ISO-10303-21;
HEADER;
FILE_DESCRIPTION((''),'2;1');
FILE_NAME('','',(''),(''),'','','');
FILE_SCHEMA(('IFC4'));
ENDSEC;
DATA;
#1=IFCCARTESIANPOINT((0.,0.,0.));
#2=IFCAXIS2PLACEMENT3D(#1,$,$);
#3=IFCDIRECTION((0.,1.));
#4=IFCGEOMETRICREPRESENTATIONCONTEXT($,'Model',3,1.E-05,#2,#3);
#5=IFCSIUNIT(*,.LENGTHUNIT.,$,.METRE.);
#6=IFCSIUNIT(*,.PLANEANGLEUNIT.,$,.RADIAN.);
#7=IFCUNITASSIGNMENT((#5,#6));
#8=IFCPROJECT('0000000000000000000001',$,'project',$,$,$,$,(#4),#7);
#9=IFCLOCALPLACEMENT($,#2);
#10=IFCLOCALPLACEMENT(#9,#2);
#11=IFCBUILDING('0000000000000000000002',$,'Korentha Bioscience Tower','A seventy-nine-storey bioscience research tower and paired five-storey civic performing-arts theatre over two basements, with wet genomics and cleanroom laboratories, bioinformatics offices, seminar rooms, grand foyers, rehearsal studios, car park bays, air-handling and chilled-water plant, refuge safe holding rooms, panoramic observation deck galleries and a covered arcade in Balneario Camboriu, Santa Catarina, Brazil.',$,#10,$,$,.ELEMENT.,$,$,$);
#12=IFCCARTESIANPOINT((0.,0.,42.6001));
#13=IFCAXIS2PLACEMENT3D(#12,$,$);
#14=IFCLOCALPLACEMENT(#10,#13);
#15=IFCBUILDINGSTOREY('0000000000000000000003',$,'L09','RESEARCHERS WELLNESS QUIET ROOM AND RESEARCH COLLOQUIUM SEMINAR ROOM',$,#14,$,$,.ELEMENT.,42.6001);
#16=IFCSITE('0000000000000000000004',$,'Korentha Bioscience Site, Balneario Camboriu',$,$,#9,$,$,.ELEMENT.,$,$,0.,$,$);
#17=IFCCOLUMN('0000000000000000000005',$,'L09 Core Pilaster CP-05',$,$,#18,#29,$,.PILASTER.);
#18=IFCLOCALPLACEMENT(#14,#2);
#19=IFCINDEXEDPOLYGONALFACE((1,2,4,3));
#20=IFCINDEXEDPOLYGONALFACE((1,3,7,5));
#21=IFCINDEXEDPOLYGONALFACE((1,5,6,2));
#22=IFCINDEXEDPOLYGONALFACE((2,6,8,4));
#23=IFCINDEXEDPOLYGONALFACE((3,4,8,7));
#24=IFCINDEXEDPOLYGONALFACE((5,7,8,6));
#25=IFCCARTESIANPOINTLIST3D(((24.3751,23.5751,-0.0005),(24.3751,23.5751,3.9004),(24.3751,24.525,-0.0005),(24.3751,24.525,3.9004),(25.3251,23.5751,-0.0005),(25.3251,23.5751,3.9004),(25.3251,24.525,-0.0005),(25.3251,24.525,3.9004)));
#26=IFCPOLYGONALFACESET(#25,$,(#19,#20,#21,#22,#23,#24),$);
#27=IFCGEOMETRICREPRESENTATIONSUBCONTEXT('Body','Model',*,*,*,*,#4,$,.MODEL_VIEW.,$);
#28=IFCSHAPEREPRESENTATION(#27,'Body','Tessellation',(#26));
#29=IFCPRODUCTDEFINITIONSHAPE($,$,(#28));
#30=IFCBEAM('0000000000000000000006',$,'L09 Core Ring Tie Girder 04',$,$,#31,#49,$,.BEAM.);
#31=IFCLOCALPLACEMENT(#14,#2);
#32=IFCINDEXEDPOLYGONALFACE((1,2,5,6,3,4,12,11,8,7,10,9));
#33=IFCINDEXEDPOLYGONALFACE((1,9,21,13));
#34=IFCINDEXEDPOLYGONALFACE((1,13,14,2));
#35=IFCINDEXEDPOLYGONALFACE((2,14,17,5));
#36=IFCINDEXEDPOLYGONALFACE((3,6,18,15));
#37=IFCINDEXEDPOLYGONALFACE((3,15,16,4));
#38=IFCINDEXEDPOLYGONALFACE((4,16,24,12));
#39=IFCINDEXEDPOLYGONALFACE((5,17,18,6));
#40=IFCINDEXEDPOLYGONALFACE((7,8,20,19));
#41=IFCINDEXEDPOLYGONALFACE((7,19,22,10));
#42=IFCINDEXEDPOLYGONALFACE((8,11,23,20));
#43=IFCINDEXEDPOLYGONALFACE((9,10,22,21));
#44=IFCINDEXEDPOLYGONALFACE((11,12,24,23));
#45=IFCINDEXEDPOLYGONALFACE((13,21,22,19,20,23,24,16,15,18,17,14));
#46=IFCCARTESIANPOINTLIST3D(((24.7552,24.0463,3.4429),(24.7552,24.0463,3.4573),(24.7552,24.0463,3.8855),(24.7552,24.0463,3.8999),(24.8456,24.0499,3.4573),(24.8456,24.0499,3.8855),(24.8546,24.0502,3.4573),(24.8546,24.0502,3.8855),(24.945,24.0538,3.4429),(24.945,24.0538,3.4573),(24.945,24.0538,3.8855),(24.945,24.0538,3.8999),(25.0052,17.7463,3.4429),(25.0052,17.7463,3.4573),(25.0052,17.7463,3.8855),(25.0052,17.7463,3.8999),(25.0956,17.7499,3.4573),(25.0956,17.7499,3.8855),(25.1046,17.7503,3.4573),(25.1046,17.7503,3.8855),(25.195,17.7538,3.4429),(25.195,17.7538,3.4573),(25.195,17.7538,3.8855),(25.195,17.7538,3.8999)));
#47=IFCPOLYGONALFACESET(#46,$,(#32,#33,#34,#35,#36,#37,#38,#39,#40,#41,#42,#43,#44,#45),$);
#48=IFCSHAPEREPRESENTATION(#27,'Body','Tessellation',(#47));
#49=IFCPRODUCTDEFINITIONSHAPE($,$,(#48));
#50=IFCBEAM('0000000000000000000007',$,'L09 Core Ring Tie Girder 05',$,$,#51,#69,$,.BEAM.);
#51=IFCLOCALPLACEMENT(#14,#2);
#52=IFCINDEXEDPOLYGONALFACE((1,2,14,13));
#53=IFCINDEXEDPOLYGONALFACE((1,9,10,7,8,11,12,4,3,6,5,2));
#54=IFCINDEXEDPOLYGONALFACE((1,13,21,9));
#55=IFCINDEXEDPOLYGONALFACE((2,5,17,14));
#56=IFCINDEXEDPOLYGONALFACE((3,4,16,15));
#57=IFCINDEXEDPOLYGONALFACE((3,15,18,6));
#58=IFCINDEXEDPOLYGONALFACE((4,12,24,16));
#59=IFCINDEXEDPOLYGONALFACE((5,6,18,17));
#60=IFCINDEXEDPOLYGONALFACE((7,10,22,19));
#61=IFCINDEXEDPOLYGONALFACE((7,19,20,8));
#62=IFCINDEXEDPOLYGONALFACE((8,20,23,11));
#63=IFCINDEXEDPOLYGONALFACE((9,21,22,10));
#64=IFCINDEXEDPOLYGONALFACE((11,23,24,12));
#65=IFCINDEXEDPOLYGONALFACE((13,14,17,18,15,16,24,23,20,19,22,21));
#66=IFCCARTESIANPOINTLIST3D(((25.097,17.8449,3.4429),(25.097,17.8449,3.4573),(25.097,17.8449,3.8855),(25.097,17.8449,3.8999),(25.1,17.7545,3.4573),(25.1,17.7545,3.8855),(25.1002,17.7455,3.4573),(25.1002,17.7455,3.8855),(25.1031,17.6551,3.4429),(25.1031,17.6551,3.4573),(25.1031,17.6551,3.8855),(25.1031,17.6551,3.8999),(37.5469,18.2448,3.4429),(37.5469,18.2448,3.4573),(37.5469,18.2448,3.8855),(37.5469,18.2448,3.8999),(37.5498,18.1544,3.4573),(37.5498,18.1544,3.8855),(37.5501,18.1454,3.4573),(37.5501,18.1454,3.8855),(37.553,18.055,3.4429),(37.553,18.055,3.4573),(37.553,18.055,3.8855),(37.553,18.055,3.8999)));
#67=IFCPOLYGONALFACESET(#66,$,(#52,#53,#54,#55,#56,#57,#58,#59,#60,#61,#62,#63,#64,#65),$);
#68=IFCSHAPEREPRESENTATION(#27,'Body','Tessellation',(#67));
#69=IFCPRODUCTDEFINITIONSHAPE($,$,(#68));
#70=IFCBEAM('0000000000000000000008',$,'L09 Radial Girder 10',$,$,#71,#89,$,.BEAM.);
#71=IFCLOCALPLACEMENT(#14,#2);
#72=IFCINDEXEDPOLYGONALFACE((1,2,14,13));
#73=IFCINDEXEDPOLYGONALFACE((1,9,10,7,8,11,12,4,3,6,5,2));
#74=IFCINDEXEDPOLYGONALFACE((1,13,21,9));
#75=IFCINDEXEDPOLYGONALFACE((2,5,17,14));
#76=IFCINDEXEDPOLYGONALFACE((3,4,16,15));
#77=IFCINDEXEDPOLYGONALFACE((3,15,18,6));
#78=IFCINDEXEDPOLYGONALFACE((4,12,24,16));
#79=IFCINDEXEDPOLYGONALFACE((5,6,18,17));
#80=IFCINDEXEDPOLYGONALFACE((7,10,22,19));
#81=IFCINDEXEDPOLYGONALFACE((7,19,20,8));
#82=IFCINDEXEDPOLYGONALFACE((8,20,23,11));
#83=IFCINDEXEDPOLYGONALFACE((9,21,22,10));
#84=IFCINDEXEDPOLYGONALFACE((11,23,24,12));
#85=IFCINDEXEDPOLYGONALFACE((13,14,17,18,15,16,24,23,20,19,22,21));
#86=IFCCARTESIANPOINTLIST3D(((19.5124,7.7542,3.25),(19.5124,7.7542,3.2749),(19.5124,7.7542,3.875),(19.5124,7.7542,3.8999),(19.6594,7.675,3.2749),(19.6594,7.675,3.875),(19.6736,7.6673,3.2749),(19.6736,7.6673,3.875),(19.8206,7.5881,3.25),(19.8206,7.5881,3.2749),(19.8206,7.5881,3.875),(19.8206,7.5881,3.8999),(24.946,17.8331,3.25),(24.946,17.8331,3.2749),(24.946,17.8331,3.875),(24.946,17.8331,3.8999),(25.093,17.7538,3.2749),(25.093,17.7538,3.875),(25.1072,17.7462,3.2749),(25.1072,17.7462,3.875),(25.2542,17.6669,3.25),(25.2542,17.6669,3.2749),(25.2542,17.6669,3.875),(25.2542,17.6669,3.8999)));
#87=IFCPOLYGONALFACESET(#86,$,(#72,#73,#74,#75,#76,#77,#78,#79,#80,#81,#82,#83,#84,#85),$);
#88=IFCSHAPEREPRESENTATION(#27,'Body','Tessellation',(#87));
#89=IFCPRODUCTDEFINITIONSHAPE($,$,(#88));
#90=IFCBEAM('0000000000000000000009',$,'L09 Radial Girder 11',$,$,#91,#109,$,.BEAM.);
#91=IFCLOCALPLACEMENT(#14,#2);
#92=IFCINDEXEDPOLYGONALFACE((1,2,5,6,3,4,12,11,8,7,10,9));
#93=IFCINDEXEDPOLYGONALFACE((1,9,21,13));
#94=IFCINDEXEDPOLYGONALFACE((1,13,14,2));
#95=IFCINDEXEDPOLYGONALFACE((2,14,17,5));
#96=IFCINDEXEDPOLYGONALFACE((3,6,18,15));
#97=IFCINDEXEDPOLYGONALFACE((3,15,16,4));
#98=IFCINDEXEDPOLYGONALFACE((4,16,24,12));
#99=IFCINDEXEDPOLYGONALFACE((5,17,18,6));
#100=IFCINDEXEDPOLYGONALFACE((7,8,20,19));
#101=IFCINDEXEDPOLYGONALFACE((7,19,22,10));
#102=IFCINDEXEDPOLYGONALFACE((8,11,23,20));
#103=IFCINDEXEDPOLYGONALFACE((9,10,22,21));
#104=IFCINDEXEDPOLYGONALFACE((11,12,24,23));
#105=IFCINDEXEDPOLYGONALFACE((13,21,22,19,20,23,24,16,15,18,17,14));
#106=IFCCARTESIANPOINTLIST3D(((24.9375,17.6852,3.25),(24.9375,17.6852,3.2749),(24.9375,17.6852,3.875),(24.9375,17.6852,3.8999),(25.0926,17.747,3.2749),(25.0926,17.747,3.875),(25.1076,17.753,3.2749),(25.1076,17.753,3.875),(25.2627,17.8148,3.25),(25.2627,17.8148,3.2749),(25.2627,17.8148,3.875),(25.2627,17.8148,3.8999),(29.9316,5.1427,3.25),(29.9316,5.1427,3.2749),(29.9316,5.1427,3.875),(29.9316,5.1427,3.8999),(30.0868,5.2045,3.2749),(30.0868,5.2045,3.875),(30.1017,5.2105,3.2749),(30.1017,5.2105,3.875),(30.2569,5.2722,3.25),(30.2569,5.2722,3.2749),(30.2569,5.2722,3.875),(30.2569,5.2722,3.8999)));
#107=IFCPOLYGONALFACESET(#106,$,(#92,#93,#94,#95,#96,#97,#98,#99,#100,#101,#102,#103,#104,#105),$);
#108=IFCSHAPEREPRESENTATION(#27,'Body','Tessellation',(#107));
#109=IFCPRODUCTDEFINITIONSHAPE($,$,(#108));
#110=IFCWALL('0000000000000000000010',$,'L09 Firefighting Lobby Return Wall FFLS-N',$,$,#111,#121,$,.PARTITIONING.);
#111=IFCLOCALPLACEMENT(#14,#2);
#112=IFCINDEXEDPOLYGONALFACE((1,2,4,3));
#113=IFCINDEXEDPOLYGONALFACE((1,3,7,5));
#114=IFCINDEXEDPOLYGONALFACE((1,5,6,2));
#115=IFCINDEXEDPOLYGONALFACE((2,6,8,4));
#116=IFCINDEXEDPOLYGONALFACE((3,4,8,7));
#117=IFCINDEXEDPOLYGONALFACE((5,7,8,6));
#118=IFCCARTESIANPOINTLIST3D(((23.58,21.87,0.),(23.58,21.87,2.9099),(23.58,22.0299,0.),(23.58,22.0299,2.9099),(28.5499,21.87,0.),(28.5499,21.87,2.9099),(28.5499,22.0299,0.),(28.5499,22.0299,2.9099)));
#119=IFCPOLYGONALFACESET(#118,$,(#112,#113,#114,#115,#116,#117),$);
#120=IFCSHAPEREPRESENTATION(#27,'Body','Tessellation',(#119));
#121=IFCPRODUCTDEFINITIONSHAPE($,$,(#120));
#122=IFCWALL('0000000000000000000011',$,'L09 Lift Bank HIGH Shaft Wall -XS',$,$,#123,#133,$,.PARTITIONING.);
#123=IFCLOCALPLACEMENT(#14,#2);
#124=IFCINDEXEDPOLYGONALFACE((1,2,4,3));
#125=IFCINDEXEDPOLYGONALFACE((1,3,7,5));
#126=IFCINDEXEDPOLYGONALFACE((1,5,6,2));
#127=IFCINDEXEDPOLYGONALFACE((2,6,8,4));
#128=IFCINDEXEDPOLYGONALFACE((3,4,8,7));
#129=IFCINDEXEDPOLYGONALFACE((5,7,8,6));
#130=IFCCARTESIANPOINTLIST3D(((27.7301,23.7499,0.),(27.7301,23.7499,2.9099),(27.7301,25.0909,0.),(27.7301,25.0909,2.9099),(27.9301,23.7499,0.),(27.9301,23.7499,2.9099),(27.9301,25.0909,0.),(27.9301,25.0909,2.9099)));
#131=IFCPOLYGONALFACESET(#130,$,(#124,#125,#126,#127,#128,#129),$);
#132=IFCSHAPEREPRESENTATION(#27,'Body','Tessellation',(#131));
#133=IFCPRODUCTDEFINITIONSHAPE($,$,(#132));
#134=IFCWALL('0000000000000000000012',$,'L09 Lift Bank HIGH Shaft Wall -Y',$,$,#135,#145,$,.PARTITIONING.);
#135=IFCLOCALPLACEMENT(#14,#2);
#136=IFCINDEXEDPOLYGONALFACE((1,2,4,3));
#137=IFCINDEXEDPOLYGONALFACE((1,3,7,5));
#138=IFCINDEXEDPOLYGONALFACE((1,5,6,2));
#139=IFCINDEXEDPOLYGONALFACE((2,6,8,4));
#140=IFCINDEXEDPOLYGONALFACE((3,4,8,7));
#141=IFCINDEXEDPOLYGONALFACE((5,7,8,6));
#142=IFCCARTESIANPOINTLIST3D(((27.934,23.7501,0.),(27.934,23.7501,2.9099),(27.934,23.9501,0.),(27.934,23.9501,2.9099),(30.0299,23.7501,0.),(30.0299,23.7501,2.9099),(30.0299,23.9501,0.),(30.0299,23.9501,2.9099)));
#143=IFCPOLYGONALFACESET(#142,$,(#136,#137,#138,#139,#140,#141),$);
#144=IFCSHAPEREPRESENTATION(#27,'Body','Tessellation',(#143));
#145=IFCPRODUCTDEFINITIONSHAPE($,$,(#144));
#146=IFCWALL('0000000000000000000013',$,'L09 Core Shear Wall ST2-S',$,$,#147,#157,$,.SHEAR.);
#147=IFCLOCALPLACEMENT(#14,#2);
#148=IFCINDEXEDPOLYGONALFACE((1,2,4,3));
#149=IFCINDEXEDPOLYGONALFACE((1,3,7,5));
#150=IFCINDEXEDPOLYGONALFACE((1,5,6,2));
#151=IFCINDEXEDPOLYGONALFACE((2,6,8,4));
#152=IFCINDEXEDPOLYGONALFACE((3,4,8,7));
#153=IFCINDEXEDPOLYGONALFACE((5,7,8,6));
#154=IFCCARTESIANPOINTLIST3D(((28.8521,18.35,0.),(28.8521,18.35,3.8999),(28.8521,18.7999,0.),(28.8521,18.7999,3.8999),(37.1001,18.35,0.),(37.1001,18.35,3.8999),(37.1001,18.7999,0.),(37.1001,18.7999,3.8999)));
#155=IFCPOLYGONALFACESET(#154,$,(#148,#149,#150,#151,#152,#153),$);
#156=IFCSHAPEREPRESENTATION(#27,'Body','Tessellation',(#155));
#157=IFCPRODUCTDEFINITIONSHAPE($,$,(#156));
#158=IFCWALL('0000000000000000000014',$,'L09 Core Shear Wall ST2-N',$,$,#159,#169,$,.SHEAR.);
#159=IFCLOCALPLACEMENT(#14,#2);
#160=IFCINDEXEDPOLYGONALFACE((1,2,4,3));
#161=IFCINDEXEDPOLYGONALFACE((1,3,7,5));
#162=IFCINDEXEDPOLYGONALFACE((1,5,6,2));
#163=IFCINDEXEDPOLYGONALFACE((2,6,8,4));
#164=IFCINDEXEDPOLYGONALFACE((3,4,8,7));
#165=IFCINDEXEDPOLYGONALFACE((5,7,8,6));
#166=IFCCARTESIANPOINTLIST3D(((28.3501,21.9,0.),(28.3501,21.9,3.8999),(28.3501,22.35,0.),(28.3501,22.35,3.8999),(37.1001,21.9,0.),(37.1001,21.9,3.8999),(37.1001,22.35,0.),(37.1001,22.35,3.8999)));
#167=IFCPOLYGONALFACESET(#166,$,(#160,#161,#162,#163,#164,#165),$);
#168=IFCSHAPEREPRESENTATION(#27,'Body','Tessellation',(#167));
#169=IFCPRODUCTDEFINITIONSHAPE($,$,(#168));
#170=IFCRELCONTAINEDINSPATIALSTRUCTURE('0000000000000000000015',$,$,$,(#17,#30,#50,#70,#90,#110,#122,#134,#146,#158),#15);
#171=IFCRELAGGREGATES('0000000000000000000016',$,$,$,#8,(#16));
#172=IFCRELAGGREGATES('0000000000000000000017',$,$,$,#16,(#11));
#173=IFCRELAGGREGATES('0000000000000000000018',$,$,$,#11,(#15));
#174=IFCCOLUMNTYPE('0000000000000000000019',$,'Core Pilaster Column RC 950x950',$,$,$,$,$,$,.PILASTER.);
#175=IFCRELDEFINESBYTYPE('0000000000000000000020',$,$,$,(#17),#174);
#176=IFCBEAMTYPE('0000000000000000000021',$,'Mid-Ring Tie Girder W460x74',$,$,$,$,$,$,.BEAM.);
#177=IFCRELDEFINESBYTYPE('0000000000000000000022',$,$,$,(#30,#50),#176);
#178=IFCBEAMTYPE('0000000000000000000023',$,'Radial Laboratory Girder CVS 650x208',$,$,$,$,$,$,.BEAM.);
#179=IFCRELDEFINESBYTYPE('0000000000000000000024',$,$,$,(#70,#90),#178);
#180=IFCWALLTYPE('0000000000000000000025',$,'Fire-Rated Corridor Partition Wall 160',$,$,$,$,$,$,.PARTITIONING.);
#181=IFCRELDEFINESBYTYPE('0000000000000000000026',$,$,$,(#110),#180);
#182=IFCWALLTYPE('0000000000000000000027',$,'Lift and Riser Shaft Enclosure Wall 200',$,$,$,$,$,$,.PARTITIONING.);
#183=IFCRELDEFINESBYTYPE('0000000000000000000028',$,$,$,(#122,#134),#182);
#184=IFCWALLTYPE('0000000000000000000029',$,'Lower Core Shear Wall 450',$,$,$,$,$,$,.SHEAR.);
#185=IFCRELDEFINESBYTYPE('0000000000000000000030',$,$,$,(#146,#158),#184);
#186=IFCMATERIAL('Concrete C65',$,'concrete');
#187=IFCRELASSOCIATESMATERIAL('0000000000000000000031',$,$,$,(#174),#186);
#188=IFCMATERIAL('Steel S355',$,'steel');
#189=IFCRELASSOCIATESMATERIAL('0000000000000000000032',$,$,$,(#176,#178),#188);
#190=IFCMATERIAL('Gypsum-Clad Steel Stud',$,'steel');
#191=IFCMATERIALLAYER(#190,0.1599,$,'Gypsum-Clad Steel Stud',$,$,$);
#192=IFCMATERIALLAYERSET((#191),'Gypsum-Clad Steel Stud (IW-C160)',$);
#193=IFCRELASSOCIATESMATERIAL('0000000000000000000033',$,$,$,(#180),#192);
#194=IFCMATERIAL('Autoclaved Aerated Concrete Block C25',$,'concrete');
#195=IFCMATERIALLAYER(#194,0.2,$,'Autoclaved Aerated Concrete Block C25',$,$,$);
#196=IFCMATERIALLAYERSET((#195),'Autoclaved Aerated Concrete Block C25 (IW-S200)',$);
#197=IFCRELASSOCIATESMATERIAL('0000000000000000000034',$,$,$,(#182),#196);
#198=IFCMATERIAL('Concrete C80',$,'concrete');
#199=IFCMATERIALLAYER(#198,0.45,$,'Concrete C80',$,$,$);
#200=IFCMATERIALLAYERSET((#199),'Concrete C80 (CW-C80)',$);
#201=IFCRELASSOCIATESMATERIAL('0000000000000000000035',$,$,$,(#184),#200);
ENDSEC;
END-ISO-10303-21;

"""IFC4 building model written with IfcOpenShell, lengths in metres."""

from ifc_helpers import new_model, si_unit, direction, frame, frame_2d, origin, origin_2d, place, context, subcontext, project, spatial, rectangle, i_section, extrude, material, layer, layer_set, material_profile, profile_set, type_object, element, save


model = new_model("IFC4")

# Units and contexts
model_context = context("Model", 3, precision=1e-05, world=origin(), true_north=direction((0.0, 1.0)))
body_context = subcontext(model_context, "Body", "Model", "MODEL_VIEW")
ifc_project = project(units=[si_unit("LENGTHUNIT", "METRE"), si_unit("PLANEANGLEUNIT", "RADIAN")], contexts=[model_context])

# Site, building, storey
site_placement = place(None, origin())
site = spatial("IfcSite", under=ifc_project, at=site_placement, Name="Korentha Bioscience Site, Balneario Camboriu", CompositionType="ELEMENT", RefElevation=0.0)
building_placement = place(site_placement, origin())
building = spatial("IfcBuilding", under=site, at=building_placement, Name="Korentha Bioscience Tower", Description="A seventy-nine-storey bioscience research tower and paired five-storey civic performing-arts theatre over two basements, with wet genomics and cleanroom laboratories, bioinformatics offices, seminar rooms, grand foyers, rehearsal studios, car park bays, air-handling and chilled-water plant, refuge safe holding rooms, panoramic observation deck galleries and a covered arcade in Balneario Camboriu, Santa Catarina, Brazil.", CompositionType="ELEMENT")
storey_placement = place(building_placement, frame((0.0, 0.0, 42.6001)))
storey = spatial("IfcBuildingStorey", under=building, at=storey_placement, Name="L09", Description="RESEARCHERS WELLNESS QUIET ROOM AND RESEARCH COLLOQUIUM SEMINAR ROOM", CompositionType="ELEMENT", Elevation=42.6001)

# Column
ifc_material_1 = material(Name="Concrete C65", Category="concrete")
ifc_material_profile_1 = material_profile(ifc_material_1, rectangle(XDim=0.95, YDim=0.95, at=origin_2d()), Name="Concrete C65")
ifc_profile_set_1 = profile_set([ifc_material_profile_1], Name="Concrete C65 (COL-CP09)")
column_type = type_object("IfcColumnType", Name="Core Pilaster Column RC 950x950", PredefinedType="PILASTER", material=ifc_profile_set_1)
column_placement = place(storey_placement, frame((24.8501, 24.05, -0.0005), z_axis=(0.0, 0.0, 1.0), x_axis=(1.0, 0.0, 0.0)))
element("IfcColumn", 1, at=column_placement, inside=storey, type_object=column_type, Name="L09 Core Pilaster CP-05", PredefinedType="PILASTER", context=body_context, shape_type="SweptSolid", body=[
    extrude(rectangle(XDim=0.95, YDim=0.95, at=origin_2d()), origin(), (0.0, 0.0, 1.0), 3.9009),
])

# Beams
ifc_material_2 = material(Name="Steel S355", Category="steel")
ifc_material_profile_2 = material_profile(ifc_material_2, i_section(OverallWidth=0.1899, OverallDepth=0.457, WebThickness=0.009, FlangeThickness=0.0144, at=origin_2d()), Name="Steel S355")
ifc_profile_set_2 = profile_set([ifc_material_profile_2], Name="Steel S355 (MB-460)")
beam_type_1 = type_object("IfcBeamType", Name="Mid-Ring Tie Girder W460x74", PredefinedType="BEAM", material=ifc_profile_set_2)
beam_1_placement = place(storey_placement, frame((24.8501, 24.05, 3.6714), z_axis=(0.039651, -0.999214, 0.0), x_axis=(0.999214, 0.039651, 0.0)))
element("IfcBeam", 2, at=beam_1_placement, inside=storey, type_object=beam_type_1, Name="L09 Core Ring Tie Girder 04", PredefinedType="BEAM", context=body_context, shape_type="SweptSolid", body=[
    extrude(i_section(OverallWidth=0.1899, OverallDepth=0.457, WebThickness=0.009, FlangeThickness=0.0144, at=origin_2d()), origin(), (0.0, 0.0, 1.0), 6.3049),
])
beam_2_placement = place(storey_placement, frame((25.1001, 17.75, 3.6714), z_axis=(0.999485, 0.032104, 0.0), x_axis=(-0.032104, 0.999485, 0.0)))
element("IfcBeam", 3, at=beam_2_placement, inside=storey, type_object=beam_type_1, Name="L09 Core Ring Tie Girder 05", PredefinedType="BEAM", context=body_context, shape_type="SweptSolid", body=[
    extrude(i_section(OverallWidth=0.1899, OverallDepth=0.457, WebThickness=0.009, FlangeThickness=0.0144, at=origin_2d()), origin(), (0.0, 0.0, 1.0), 12.4563),
])
ifc_material_profile_3 = material_profile(ifc_material_2, i_section(OverallWidth=0.3501, OverallDepth=0.6499, WebThickness=0.0161, FlangeThickness=0.0249, at=origin_2d()), Name="Steel S355")
ifc_profile_set_3 = profile_set([ifc_material_profile_3], Name="Steel S355 (RB-650)")
beam_type_2 = type_object("IfcBeamType", Name="Radial Laboratory Girder CVS 650x208", PredefinedType="BEAM", material=ifc_profile_set_3)
beam_3_placement = place(storey_placement, frame((25.1001, 17.75, 3.575), z_axis=(-0.474541, -0.880233, 0.0), x_axis=(0.880233, -0.474541, 0.0)))
element("IfcBeam", 4, at=beam_3_placement, inside=storey, type_object=beam_type_2, Name="L09 Radial Girder 10", PredefinedType="BEAM", context=body_context, shape_type="SweptSolid", body=[
    extrude(i_section(OverallWidth=0.3501, OverallDepth=0.6499, WebThickness=0.0161, FlangeThickness=0.0249, at=origin_2d()), origin(), (0.0, 0.0, 1.0), 11.4502),
])
beam_4_placement = place(storey_placement, frame((25.1001, 17.75, 3.575), z_axis=(0.369931, -0.929059, 0.0), x_axis=(0.929059, 0.369931, 0.0)))
element("IfcBeam", 5, at=beam_4_placement, inside=storey, type_object=beam_type_2, Name="L09 Radial Girder 11", PredefinedType="BEAM", context=body_context, shape_type="SweptSolid", body=[
    extrude(i_section(OverallWidth=0.3501, OverallDepth=0.6499, WebThickness=0.0161, FlangeThickness=0.0249, at=origin_2d()), origin(), (0.0, 0.0, 1.0), 13.5002),
])

# Walls
ifc_material_3 = material(Name="Gypsum-Clad Steel Stud", Category="steel")
ifc_layer_1 = layer(ifc_material_3, 0.1599, Name="Gypsum-Clad Steel Stud")
ifc_layer_set_1 = layer_set([ifc_layer_1], Name="Gypsum-Clad Steel Stud (IW-C160)")
wall_type_1 = type_object("IfcWallType", Name="Fire-Rated Corridor Partition Wall 160", PredefinedType="PARTITIONING", material=ifc_layer_set_1)
wall_1_placement = place(storey_placement, frame((23.5801, 21.95, 0.0), z_axis=(0.0, 0.0, 1.0), x_axis=(1.0, 0.0, 0.0)))
element("IfcWall", 6, at=wall_1_placement, inside=storey, type_object=wall_type_1, Name="L09 Firefighting Lobby Return Wall FFLS-N", PredefinedType="PARTITIONING", context=body_context, shape_type="SweptSolid", body=[
    extrude(rectangle(XDim=4.97, YDim=0.1599, at=frame_2d((2.4849, 0.0))), origin(), (0.0, 0.0, 1.0), 2.9099),
])
ifc_material_4 = material(Name="Autoclaved Aerated Concrete Block C25", Category="concrete")
ifc_layer_2 = layer(ifc_material_4, 0.2, Name="Autoclaved Aerated Concrete Block C25")
ifc_layer_set_2 = layer_set([ifc_layer_2], Name="Autoclaved Aerated Concrete Block C25 (IW-S200)")
wall_type_2 = type_object("IfcWallType", Name="Lift and Riser Shaft Enclosure Wall 200", PredefinedType="PARTITIONING", material=ifc_layer_set_2)
wall_2_placement = place(storey_placement, frame((27.8301, 23.75, 0.0), z_axis=(0.0, 0.0, 1.0), x_axis=(0.0, 1.0, 0.0)))
element("IfcWall", 7, at=wall_2_placement, inside=storey, type_object=wall_type_2, Name="L09 Lift Bank HIGH Shaft Wall -XS", PredefinedType="PARTITIONING", context=body_context, shape_type="SweptSolid", body=[
    extrude(rectangle(XDim=1.3411, YDim=0.2, at=frame_2d((0.6704, 0.0))), origin(), (0.0, 0.0, 1.0), 2.9099),
])
wall_3_placement = place(storey_placement, frame((27.9341, 23.8501, 0.0), z_axis=(0.0, 0.0, 1.0), x_axis=(1.0, 0.0, 0.0)))
element("IfcWall", 8, at=wall_3_placement, inside=storey, type_object=wall_type_2, Name="L09 Lift Bank HIGH Shaft Wall -Y", PredefinedType="PARTITIONING", context=body_context, shape_type="SweptSolid", body=[
    extrude(rectangle(XDim=2.0959, YDim=0.2, at=frame_2d((1.0479, 0.0))), origin(), (0.0, 0.0, 1.0), 2.9099),
])
ifc_material_5 = material(Name="Concrete C80", Category="concrete")
ifc_layer_3 = layer(ifc_material_5, 0.45, Name="Concrete C80")
ifc_layer_set_3 = layer_set([ifc_layer_3], Name="Concrete C80 (CW-C80)")
wall_type_3 = type_object("IfcWallType", Name="Lower Core Shear Wall 450", PredefinedType="SHEAR", material=ifc_layer_set_3)
wall_4_placement = place(storey_placement, frame((28.8521, 18.575, 0.0), z_axis=(0.0, 0.0, 1.0), x_axis=(1.0, 0.0, 0.0)))
element("IfcWall", 9, at=wall_4_placement, inside=storey, type_object=wall_type_3, Name="L09 Core Shear Wall ST2-S", PredefinedType="SHEAR", context=body_context, shape_type="SweptSolid", body=[
    extrude(rectangle(XDim=8.248, YDim=0.45, at=frame_2d((4.124, 0.0))), origin(), (0.0, 0.0, 1.0), 3.8999),
])
wall_5_placement = place(storey_placement, frame((28.3501, 22.125, 0.0), z_axis=(0.0, 0.0, 1.0), x_axis=(1.0, 0.0, 0.0)))
element("IfcWall", 10, at=wall_5_placement, inside=storey, type_object=wall_type_3, Name="L09 Core Shear Wall ST2-N", PredefinedType="SHEAR", context=body_context, shape_type="SweptSolid", body=[
    extrude(rectangle(XDim=8.75, YDim=0.45, at=frame_2d((4.375, 0.0))), origin(), (0.0, 0.0, 1.0), 3.8999),
])

save(model, "model.ifc")
